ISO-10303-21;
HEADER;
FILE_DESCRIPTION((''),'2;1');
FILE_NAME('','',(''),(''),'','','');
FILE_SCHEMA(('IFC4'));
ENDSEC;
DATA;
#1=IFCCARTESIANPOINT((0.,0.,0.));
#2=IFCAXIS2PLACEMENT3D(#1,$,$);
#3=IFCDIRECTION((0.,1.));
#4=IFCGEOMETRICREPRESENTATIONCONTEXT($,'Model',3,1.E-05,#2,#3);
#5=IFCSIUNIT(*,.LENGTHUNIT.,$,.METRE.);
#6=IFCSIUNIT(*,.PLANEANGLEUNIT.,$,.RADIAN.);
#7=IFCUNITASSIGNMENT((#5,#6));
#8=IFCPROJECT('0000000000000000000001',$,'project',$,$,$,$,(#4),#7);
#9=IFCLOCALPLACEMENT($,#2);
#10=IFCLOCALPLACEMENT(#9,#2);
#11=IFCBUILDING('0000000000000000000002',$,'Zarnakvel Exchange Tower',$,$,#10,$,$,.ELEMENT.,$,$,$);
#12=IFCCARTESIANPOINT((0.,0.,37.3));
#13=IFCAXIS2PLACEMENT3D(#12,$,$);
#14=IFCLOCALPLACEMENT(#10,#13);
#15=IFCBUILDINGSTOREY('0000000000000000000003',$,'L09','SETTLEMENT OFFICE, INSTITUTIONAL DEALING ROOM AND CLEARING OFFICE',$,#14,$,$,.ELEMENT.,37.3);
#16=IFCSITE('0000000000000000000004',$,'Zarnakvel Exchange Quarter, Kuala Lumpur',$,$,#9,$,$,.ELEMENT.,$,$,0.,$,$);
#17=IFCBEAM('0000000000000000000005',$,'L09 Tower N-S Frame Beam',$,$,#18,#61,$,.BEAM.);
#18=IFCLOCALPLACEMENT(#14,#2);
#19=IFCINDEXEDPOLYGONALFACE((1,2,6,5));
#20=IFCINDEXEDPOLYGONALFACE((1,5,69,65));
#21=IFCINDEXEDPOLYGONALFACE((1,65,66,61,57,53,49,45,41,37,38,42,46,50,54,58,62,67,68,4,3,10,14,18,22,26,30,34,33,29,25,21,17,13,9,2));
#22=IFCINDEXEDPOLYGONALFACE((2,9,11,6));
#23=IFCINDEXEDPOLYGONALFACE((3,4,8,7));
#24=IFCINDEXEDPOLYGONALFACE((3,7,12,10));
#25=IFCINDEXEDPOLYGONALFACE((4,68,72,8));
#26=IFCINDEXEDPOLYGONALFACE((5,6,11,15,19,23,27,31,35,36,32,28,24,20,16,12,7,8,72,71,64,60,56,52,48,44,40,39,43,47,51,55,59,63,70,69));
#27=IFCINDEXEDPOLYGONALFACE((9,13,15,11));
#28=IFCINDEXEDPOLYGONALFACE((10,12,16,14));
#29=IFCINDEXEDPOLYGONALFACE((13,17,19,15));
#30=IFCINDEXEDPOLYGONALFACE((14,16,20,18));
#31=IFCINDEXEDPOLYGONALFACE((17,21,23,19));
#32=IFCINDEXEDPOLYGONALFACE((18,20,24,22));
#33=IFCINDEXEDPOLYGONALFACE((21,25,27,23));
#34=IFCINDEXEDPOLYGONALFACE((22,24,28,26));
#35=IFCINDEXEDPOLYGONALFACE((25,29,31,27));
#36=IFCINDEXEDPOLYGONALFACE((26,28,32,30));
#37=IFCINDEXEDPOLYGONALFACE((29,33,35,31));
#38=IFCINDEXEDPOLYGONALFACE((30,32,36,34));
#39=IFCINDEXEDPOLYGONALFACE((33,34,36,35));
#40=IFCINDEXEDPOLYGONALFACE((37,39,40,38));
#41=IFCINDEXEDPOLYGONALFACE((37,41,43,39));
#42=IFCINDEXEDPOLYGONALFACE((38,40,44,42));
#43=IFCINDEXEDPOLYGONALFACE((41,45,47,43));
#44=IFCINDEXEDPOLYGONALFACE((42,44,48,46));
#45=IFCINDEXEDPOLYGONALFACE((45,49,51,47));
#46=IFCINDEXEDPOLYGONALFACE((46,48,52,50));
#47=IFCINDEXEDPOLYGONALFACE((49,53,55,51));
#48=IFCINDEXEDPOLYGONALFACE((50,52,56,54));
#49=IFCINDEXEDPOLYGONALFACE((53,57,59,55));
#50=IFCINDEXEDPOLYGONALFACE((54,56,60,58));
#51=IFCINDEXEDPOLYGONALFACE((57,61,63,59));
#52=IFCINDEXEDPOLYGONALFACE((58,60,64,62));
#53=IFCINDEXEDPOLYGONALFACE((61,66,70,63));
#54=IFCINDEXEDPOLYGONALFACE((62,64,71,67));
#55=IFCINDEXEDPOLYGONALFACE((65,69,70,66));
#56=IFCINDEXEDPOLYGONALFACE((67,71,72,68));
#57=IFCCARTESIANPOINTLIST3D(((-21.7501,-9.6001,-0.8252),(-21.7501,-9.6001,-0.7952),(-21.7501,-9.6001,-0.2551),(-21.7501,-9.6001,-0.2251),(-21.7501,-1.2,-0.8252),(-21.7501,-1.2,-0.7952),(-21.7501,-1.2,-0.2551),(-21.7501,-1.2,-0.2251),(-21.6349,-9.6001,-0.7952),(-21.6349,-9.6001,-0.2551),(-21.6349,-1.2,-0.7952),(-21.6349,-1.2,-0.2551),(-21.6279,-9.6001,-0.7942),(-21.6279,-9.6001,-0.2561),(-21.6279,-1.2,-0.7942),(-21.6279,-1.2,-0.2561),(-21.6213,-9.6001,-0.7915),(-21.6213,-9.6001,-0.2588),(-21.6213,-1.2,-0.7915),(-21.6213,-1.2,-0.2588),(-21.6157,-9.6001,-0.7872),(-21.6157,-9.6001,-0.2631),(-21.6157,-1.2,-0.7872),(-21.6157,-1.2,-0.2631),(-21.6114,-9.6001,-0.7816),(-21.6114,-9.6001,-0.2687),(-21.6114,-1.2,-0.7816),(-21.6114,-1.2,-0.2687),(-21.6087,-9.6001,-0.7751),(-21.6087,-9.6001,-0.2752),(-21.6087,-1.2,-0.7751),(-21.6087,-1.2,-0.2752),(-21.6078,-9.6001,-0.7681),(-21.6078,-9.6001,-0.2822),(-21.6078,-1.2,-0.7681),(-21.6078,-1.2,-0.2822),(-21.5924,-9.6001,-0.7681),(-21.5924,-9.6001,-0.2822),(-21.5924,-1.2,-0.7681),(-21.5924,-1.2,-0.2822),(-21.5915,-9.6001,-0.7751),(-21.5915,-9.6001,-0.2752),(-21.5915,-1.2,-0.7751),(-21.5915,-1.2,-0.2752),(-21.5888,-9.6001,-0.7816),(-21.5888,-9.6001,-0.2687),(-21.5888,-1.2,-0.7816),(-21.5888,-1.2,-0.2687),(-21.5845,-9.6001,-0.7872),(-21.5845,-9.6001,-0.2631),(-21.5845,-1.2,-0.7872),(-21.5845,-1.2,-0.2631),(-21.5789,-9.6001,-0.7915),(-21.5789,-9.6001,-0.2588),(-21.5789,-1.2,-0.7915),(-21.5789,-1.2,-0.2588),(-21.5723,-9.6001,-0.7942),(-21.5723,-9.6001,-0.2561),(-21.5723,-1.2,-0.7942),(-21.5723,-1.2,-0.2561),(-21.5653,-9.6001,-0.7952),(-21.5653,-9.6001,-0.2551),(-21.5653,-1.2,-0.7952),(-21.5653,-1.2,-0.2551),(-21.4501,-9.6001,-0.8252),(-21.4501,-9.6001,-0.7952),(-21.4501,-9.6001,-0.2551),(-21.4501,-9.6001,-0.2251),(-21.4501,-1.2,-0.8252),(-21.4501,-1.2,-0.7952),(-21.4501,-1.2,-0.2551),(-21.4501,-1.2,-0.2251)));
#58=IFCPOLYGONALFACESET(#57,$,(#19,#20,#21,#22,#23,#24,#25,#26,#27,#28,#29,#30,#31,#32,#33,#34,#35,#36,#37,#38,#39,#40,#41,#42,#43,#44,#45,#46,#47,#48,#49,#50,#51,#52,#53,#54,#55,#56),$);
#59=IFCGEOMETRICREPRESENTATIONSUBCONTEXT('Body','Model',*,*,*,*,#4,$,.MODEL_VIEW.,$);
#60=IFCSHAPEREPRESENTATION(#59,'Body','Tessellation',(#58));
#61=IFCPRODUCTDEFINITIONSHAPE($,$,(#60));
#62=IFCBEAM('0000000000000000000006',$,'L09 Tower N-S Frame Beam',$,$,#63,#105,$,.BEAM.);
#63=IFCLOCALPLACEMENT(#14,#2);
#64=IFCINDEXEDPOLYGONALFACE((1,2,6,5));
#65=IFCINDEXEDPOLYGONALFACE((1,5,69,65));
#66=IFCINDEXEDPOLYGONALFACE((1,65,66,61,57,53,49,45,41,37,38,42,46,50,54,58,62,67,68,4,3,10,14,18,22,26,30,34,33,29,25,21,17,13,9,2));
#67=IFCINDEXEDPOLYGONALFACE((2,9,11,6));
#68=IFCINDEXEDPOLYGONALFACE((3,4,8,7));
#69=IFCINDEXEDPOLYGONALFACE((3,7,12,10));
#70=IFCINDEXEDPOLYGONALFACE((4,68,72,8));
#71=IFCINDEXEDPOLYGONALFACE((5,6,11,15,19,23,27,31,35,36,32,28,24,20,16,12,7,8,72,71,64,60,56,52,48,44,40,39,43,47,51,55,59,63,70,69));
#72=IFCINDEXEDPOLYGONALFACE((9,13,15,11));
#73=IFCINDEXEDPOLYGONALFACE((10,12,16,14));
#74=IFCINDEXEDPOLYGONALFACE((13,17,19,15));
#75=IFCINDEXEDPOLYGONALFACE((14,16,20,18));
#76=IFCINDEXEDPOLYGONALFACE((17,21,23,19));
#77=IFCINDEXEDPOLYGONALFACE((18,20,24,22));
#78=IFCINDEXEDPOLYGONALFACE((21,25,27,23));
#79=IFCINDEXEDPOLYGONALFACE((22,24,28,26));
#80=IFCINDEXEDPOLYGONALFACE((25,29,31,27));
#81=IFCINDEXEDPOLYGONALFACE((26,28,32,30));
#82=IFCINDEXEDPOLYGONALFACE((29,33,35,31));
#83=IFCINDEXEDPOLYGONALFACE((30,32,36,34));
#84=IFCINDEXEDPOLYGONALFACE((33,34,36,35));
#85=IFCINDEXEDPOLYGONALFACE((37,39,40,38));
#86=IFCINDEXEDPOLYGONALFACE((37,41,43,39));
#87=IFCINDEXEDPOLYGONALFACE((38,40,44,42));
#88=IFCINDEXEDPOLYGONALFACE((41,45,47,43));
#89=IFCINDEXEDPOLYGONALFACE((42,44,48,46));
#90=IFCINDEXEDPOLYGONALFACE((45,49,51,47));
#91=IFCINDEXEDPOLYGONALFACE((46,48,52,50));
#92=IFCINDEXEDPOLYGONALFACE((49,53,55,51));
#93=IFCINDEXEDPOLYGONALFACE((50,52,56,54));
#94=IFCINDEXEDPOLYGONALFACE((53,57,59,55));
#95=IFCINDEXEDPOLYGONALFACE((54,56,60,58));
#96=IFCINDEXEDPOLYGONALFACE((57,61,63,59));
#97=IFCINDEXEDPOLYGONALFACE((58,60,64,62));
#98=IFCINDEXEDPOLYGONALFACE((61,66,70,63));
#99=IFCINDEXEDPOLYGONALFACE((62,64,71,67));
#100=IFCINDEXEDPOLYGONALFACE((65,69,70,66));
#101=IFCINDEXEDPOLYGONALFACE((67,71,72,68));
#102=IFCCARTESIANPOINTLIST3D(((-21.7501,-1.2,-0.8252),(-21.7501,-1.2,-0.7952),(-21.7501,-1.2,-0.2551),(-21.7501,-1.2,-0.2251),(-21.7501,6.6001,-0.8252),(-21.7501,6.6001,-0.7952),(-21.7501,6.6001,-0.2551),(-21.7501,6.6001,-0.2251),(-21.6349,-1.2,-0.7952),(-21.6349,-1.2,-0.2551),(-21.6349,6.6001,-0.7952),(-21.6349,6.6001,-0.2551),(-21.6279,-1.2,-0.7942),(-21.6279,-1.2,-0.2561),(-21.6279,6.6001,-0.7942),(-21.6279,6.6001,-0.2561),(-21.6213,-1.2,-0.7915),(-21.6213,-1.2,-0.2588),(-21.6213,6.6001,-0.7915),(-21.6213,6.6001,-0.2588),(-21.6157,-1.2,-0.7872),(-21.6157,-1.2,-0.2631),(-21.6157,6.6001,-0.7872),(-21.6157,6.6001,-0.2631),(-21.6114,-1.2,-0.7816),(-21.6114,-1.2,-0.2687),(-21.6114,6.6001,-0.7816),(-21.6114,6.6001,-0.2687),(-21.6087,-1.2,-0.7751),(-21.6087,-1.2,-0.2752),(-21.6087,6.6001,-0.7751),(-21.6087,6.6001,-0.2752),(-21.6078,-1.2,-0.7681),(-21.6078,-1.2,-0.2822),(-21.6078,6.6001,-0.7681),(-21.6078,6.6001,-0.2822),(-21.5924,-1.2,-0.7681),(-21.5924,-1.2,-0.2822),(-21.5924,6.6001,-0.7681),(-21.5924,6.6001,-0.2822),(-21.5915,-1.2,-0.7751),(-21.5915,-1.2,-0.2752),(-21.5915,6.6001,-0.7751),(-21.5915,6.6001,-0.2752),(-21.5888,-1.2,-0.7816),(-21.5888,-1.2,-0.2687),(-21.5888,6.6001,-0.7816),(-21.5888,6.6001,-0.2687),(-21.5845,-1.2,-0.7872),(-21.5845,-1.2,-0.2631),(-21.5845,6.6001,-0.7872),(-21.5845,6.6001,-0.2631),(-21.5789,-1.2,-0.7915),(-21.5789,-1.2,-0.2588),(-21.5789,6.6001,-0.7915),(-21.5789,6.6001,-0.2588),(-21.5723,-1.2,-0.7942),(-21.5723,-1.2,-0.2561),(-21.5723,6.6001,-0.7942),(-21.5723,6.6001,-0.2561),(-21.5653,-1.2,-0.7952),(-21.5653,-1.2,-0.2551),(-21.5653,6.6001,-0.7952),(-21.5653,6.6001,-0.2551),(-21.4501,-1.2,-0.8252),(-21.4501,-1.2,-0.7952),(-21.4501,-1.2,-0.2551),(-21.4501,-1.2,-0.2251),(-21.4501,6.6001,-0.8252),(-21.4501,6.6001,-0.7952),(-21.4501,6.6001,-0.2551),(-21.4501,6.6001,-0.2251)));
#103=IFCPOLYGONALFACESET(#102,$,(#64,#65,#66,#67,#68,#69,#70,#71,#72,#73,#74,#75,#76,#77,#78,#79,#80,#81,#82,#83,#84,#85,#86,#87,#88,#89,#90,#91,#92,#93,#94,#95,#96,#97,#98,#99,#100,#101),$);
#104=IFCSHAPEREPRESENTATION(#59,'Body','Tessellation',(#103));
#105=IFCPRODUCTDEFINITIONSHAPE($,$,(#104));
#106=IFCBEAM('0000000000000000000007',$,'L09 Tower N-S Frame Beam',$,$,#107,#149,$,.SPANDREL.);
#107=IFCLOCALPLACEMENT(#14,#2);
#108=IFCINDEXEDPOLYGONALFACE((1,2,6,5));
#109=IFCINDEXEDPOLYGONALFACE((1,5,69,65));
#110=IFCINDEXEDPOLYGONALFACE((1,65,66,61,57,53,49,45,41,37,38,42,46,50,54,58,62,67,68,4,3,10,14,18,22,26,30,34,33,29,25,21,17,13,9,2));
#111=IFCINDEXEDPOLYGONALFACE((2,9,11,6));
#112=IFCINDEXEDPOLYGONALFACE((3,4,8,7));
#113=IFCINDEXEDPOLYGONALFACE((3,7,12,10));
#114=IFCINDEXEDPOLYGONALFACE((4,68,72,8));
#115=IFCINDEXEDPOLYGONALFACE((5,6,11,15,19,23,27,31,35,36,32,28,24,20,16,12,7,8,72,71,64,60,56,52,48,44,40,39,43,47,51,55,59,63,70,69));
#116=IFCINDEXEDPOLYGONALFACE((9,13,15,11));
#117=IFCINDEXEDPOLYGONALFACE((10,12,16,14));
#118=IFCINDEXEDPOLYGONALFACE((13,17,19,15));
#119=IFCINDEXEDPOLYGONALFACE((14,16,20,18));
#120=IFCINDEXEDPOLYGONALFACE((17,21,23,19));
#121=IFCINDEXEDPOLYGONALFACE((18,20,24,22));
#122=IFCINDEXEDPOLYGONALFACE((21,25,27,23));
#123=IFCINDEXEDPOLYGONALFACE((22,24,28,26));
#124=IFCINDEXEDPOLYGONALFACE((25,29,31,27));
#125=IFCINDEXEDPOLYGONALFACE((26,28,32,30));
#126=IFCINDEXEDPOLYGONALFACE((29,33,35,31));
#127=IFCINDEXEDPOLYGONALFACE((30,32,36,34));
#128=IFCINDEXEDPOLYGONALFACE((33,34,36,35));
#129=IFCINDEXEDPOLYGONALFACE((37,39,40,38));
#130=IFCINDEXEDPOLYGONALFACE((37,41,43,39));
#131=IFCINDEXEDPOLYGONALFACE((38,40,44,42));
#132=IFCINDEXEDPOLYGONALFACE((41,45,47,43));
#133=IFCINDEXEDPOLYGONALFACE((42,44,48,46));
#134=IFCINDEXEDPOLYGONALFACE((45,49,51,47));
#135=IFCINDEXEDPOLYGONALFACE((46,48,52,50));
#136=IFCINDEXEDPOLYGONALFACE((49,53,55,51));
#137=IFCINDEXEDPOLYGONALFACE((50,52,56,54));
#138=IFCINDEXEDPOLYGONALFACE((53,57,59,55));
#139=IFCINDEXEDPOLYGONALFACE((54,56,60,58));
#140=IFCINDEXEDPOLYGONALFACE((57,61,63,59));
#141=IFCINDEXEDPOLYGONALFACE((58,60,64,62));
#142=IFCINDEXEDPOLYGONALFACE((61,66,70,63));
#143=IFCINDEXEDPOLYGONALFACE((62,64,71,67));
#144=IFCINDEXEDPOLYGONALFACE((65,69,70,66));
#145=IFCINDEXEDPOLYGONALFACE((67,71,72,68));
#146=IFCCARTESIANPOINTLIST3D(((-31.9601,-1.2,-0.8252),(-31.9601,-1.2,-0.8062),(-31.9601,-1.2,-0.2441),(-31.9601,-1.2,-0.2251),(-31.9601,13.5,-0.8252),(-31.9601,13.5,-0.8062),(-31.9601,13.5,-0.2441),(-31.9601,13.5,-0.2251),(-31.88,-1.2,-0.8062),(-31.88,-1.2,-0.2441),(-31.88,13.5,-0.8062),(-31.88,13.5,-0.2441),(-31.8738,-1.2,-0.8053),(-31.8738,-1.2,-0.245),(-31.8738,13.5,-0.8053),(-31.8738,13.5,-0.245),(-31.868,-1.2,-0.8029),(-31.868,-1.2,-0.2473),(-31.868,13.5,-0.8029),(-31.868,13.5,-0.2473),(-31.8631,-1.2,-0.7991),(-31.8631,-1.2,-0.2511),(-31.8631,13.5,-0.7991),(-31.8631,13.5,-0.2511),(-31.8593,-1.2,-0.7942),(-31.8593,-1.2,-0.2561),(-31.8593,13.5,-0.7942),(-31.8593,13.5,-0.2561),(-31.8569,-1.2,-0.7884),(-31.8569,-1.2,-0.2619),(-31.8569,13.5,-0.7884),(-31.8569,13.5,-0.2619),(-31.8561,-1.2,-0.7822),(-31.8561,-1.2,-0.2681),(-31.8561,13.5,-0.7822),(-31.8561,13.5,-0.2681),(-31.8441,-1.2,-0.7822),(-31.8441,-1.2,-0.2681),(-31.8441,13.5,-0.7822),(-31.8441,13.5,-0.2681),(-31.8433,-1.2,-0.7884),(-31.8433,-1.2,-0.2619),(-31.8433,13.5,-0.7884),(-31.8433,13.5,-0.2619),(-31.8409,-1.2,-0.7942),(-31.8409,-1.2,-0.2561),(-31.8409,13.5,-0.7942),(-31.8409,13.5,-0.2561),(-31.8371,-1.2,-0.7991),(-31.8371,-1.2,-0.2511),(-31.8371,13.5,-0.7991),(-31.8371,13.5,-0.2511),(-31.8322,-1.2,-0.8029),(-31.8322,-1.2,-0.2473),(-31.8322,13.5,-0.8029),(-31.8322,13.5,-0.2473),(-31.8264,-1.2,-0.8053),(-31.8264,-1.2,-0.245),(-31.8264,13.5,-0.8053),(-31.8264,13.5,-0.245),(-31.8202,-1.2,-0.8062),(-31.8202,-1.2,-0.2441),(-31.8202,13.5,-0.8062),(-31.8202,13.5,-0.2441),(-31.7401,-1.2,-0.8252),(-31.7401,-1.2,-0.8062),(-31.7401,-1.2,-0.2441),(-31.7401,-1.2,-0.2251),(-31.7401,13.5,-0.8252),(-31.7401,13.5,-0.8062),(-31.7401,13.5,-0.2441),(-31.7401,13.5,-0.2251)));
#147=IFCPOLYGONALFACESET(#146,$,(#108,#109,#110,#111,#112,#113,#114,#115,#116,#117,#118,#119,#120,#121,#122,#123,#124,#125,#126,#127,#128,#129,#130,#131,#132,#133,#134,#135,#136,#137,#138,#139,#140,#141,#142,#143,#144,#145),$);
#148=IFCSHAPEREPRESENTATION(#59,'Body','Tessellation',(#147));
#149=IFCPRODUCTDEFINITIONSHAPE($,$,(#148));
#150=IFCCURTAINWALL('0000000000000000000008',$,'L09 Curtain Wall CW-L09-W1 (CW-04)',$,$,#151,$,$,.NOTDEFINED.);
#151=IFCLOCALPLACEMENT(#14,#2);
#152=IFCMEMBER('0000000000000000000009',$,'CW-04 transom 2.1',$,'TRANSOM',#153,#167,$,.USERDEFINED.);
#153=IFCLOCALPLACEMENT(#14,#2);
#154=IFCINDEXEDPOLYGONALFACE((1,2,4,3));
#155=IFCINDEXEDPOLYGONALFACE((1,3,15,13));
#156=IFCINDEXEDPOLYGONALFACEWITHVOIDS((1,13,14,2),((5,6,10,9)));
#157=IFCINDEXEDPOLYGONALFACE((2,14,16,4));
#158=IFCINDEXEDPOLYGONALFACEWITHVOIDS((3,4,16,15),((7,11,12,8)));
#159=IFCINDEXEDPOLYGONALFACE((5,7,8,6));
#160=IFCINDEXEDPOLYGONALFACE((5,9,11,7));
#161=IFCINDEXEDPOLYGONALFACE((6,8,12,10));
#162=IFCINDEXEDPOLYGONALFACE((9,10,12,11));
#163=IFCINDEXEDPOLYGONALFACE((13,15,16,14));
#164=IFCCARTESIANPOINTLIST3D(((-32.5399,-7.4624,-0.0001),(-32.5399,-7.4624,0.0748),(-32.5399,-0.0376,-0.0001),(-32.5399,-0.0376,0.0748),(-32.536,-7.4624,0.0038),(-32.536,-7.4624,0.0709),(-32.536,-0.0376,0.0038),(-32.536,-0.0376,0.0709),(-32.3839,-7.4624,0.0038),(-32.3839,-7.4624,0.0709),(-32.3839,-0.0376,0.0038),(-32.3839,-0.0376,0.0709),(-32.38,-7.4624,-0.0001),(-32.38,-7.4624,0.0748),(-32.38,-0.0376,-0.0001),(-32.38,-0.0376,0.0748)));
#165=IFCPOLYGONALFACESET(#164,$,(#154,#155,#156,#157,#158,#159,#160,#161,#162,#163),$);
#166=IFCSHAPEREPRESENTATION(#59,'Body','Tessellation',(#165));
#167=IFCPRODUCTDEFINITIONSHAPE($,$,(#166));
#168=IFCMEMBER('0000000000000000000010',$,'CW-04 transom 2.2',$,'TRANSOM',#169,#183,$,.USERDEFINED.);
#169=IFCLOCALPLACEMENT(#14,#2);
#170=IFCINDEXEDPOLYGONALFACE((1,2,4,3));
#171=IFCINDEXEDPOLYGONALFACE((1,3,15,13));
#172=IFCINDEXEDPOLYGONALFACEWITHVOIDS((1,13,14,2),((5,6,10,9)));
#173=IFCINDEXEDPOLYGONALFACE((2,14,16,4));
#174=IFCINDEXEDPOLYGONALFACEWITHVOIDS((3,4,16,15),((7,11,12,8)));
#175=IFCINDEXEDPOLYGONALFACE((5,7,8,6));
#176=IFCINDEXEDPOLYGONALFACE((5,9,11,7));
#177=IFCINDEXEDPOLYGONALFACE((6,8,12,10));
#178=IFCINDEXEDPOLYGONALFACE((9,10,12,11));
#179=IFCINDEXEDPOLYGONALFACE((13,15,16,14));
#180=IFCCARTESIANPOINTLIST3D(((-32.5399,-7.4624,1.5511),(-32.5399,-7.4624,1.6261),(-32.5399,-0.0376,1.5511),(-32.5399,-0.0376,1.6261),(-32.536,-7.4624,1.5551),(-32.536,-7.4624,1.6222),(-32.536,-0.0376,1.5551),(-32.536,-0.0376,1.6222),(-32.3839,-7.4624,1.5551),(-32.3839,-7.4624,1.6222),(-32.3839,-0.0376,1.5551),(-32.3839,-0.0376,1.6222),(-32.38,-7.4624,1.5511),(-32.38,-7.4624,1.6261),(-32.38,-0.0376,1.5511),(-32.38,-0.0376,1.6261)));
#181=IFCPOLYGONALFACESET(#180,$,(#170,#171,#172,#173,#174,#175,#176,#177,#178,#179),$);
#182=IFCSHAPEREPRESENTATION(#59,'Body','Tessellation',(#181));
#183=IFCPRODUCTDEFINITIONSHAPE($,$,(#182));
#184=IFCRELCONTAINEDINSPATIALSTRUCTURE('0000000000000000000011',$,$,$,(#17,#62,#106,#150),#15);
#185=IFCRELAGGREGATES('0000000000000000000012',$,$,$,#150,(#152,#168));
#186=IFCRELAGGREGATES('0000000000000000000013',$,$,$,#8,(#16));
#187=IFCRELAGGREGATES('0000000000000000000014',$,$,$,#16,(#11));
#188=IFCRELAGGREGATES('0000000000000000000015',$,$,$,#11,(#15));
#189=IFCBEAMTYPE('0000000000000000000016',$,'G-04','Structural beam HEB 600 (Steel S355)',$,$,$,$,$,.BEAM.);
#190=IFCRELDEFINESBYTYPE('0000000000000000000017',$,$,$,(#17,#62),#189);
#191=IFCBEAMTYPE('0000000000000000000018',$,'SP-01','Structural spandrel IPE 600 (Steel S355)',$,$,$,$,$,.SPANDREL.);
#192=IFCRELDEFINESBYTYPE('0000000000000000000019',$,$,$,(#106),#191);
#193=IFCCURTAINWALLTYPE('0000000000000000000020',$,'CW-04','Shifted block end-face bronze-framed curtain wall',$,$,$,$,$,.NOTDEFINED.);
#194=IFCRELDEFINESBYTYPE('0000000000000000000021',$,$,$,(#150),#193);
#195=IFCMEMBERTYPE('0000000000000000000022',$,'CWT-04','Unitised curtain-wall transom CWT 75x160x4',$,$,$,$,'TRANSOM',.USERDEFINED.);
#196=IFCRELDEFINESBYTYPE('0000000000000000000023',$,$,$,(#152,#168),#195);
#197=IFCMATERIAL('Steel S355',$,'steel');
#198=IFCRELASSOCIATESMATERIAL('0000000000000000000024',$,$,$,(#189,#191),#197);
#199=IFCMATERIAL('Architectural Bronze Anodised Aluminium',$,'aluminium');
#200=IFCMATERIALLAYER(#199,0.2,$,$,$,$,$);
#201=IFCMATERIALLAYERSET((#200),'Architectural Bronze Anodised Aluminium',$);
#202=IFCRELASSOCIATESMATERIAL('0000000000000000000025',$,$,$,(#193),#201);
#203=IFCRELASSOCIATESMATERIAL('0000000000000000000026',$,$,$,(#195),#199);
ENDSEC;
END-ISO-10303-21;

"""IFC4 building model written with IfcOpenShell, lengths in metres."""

from ifc_helpers import new_model, si_unit, direction, frame, origin, origin_2d, place, context, subcontext, project, spatial, hollow_rectangle, i_section, extrude, source, transform, mapped, material, layer, layer_set, material_profile, profile_set, type_object, element, aggregate, save


model = new_model("IFC4")

# Units and contexts
model_context = context("Model", 3, precision=1e-05, world=origin(), true_north=direction((0.0, 1.0)))
body_context = subcontext(model_context, "Body", "Model", "MODEL_VIEW")
ifc_project = project(units=[si_unit("LENGTHUNIT", "METRE"), si_unit("PLANEANGLEUNIT", "RADIAN")], contexts=[model_context])

# Site, building, storey
site_placement = place(None, origin())
site = spatial("IfcSite", under=ifc_project, at=site_placement, Name="Zarnakvel Exchange Quarter, Kuala Lumpur", CompositionType="ELEMENT", RefElevation=0.0)
building_placement = place(site_placement, origin())
building = spatial("IfcBuilding", under=site, at=building_placement, Name="Zarnakvel Exchange Tower", CompositionType="ELEMENT")
storey_placement = place(building_placement, frame((0.0, 0.0, 37.3)))
storey = spatial("IfcBuildingStorey", under=building, at=storey_placement, Name="L09", Description="SETTLEMENT OFFICE, INSTITUTIONAL DEALING ROOM AND CLEARING OFFICE", CompositionType="ELEMENT", Elevation=37.3)

# Shared definitions
ifc_material_1 = material(Name="Steel S355", Category="steel")

# Beams
ifc_material_profile_1 = material_profile(ifc_material_1, i_section(OverallWidth=0.3, OverallDepth=0.6001, WebThickness=0.0154, FlangeThickness=0.03, FilletRadius=0.0271, at=origin_2d()))
ifc_profile_set_1 = profile_set([ifc_material_profile_1], Name="Steel S355")
beam_type_1 = type_object("IfcBeamType", Name="G-04", Description="Structural beam HEB 600 (Steel S355)", PredefinedType="BEAM", material=ifc_profile_set_1)
beam_1_placement = place(storey_placement, frame((-21.6001, -9.6001, -0.5251), z_axis=(0.0, 1.0, 0.0), x_axis=(-1.0, 0.0, 0.0)))
element("IfcBeam", 1, at=beam_1_placement, inside=storey, type_object=beam_type_1, Name="L09 Tower N-S Frame Beam", PredefinedType="BEAM", context=body_context, shape_type="SweptSolid", body=[
    extrude(i_section(OverallWidth=0.3, OverallDepth=0.6001, WebThickness=0.0154, FlangeThickness=0.03, FilletRadius=0.0271, at=origin_2d()), origin(), (0.0, 0.0, 1.0), 8.4001),
])
beam_2_placement = place(storey_placement, frame((-21.6001, -1.2, -0.5251), z_axis=(0.0, 1.0, 0.0), x_axis=(-1.0, 0.0, 0.0)))
element("IfcBeam", 2, at=beam_2_placement, inside=storey, type_object=beam_type_1, Name="L09 Tower N-S Frame Beam", PredefinedType="BEAM", context=body_context, shape_type="SweptSolid", body=[
    extrude(i_section(OverallWidth=0.3, OverallDepth=0.6001, WebThickness=0.0154, FlangeThickness=0.03, FilletRadius=0.0271, at=origin_2d()), origin(), (0.0, 0.0, 1.0), 7.8),
])
ifc_material_profile_2 = material_profile(ifc_material_1, i_section(OverallWidth=0.22, OverallDepth=0.6001, WebThickness=0.012, FlangeThickness=0.019, FilletRadius=0.0239, at=origin_2d()))
ifc_profile_set_2 = profile_set([ifc_material_profile_2], Name="Steel S355")
beam_type_2 = type_object("IfcBeamType", Name="SP-01", Description="Structural spandrel IPE 600 (Steel S355)", PredefinedType="SPANDREL", material=ifc_profile_set_2)
beam_3_placement = place(storey_placement, frame((-31.8501, -1.2, -0.5251), z_axis=(0.0, 1.0, 0.0), x_axis=(-1.0, 0.0, 0.0)))
element("IfcBeam", 3, at=beam_3_placement, inside=storey, type_object=beam_type_2, Name="L09 Tower N-S Frame Beam", PredefinedType="SPANDREL", context=body_context, shape_type="SweptSolid", body=[
    extrude(i_section(OverallWidth=0.22, OverallDepth=0.6001, WebThickness=0.012, FlangeThickness=0.019, FilletRadius=0.0239, at=origin_2d()), origin(), (0.0, 0.0, 1.0), 14.7),
])

# Curtain wall, members
ifc_material_2 = material(Name="Architectural Bronze Anodised Aluminium", Category="aluminium")
ifc_layer_1 = layer(ifc_material_2, 0.2)
ifc_layer_set_1 = layer_set([ifc_layer_1], Name="Architectural Bronze Anodised Aluminium")
curtain_wall_type = type_object("IfcCurtainWallType", Name="CW-04", Description="Shifted block end-face bronze-framed curtain wall", PredefinedType="NOTDEFINED", material=ifc_layer_set_1)
curtain_wall_placement = place(storey_placement, origin())
curtain_wall = element("IfcCurtainWall", 4, at=curtain_wall_placement, inside=storey, type_object=curtain_wall_type, Name="L09 Curtain Wall CW-L09-W1 (CW-04)", PredefinedType="NOTDEFINED")
ifc_material_profile_3 = material_profile(ifc_material_2, hollow_rectangle(XDim=0.1599, YDim=0.075, WallThickness=0.0039, at=origin_2d()))
ifc_profile_set_3 = profile_set([ifc_material_profile_3], Name="Architectural Bronze Anodised Aluminium")
member_type_1 = type_object("IfcMemberType", Name="CWT-04", Description="Unitised curtain-wall transom CWT 75x160x4", ElementType="TRANSOM", PredefinedType="USERDEFINED", material=ifc_profile_set_3)
shared_shape_1 = source(origin(), body_context, "Body", "SweptSolid", [
    extrude(hollow_rectangle(XDim=0.1599, YDim=0.075, WallThickness=0.0039, at=origin_2d()), origin(), (0.0, 0.0, 1.0), 7.4248),
])
member_1_placement = place(storey_placement, frame((-32.46, -7.4624, 0.0374), z_axis=(0.0, 1.0, 0.0), x_axis=(-1.0, 0.0, 0.0)))
member_1 = element("IfcMember", 5, at=member_1_placement, type_object=member_type_1, Name="CW-04 transom 2.1", ObjectType="TRANSOM", PredefinedType="USERDEFINED", context=body_context, shape_type="MappedRepresentation", body=[
    mapped(shared_shape_1, transform((0.0, 0.0, 0.0), x_axis=(1.0, 0.0, 0.0), y_axis=(0.0, 1.0, 0.0), z_axis=(0.0, 0.0, 1.0), scale=1.0)),
])
member_2_placement = place(storey_placement, frame((-32.46, -7.4624, 1.5886), z_axis=(0.0, 1.0, 0.0), x_axis=(-1.0, 0.0, 0.0)))
member_2 = element("IfcMember", 6, at=member_2_placement, type_object=member_type_1, Name="CW-04 transom 2.2", ObjectType="TRANSOM", PredefinedType="USERDEFINED", context=body_context, shape_type="MappedRepresentation", body=[
    mapped(shared_shape_1, transform((0.0, 0.0, 0.0), x_axis=(1.0, 0.0, 0.0), y_axis=(0.0, 1.0, 0.0), z_axis=(0.0, 0.0, 1.0), scale=1.0)),
])
aggregate(curtain_wall, [member_1, member_2])

save(model, "model.ifc")
